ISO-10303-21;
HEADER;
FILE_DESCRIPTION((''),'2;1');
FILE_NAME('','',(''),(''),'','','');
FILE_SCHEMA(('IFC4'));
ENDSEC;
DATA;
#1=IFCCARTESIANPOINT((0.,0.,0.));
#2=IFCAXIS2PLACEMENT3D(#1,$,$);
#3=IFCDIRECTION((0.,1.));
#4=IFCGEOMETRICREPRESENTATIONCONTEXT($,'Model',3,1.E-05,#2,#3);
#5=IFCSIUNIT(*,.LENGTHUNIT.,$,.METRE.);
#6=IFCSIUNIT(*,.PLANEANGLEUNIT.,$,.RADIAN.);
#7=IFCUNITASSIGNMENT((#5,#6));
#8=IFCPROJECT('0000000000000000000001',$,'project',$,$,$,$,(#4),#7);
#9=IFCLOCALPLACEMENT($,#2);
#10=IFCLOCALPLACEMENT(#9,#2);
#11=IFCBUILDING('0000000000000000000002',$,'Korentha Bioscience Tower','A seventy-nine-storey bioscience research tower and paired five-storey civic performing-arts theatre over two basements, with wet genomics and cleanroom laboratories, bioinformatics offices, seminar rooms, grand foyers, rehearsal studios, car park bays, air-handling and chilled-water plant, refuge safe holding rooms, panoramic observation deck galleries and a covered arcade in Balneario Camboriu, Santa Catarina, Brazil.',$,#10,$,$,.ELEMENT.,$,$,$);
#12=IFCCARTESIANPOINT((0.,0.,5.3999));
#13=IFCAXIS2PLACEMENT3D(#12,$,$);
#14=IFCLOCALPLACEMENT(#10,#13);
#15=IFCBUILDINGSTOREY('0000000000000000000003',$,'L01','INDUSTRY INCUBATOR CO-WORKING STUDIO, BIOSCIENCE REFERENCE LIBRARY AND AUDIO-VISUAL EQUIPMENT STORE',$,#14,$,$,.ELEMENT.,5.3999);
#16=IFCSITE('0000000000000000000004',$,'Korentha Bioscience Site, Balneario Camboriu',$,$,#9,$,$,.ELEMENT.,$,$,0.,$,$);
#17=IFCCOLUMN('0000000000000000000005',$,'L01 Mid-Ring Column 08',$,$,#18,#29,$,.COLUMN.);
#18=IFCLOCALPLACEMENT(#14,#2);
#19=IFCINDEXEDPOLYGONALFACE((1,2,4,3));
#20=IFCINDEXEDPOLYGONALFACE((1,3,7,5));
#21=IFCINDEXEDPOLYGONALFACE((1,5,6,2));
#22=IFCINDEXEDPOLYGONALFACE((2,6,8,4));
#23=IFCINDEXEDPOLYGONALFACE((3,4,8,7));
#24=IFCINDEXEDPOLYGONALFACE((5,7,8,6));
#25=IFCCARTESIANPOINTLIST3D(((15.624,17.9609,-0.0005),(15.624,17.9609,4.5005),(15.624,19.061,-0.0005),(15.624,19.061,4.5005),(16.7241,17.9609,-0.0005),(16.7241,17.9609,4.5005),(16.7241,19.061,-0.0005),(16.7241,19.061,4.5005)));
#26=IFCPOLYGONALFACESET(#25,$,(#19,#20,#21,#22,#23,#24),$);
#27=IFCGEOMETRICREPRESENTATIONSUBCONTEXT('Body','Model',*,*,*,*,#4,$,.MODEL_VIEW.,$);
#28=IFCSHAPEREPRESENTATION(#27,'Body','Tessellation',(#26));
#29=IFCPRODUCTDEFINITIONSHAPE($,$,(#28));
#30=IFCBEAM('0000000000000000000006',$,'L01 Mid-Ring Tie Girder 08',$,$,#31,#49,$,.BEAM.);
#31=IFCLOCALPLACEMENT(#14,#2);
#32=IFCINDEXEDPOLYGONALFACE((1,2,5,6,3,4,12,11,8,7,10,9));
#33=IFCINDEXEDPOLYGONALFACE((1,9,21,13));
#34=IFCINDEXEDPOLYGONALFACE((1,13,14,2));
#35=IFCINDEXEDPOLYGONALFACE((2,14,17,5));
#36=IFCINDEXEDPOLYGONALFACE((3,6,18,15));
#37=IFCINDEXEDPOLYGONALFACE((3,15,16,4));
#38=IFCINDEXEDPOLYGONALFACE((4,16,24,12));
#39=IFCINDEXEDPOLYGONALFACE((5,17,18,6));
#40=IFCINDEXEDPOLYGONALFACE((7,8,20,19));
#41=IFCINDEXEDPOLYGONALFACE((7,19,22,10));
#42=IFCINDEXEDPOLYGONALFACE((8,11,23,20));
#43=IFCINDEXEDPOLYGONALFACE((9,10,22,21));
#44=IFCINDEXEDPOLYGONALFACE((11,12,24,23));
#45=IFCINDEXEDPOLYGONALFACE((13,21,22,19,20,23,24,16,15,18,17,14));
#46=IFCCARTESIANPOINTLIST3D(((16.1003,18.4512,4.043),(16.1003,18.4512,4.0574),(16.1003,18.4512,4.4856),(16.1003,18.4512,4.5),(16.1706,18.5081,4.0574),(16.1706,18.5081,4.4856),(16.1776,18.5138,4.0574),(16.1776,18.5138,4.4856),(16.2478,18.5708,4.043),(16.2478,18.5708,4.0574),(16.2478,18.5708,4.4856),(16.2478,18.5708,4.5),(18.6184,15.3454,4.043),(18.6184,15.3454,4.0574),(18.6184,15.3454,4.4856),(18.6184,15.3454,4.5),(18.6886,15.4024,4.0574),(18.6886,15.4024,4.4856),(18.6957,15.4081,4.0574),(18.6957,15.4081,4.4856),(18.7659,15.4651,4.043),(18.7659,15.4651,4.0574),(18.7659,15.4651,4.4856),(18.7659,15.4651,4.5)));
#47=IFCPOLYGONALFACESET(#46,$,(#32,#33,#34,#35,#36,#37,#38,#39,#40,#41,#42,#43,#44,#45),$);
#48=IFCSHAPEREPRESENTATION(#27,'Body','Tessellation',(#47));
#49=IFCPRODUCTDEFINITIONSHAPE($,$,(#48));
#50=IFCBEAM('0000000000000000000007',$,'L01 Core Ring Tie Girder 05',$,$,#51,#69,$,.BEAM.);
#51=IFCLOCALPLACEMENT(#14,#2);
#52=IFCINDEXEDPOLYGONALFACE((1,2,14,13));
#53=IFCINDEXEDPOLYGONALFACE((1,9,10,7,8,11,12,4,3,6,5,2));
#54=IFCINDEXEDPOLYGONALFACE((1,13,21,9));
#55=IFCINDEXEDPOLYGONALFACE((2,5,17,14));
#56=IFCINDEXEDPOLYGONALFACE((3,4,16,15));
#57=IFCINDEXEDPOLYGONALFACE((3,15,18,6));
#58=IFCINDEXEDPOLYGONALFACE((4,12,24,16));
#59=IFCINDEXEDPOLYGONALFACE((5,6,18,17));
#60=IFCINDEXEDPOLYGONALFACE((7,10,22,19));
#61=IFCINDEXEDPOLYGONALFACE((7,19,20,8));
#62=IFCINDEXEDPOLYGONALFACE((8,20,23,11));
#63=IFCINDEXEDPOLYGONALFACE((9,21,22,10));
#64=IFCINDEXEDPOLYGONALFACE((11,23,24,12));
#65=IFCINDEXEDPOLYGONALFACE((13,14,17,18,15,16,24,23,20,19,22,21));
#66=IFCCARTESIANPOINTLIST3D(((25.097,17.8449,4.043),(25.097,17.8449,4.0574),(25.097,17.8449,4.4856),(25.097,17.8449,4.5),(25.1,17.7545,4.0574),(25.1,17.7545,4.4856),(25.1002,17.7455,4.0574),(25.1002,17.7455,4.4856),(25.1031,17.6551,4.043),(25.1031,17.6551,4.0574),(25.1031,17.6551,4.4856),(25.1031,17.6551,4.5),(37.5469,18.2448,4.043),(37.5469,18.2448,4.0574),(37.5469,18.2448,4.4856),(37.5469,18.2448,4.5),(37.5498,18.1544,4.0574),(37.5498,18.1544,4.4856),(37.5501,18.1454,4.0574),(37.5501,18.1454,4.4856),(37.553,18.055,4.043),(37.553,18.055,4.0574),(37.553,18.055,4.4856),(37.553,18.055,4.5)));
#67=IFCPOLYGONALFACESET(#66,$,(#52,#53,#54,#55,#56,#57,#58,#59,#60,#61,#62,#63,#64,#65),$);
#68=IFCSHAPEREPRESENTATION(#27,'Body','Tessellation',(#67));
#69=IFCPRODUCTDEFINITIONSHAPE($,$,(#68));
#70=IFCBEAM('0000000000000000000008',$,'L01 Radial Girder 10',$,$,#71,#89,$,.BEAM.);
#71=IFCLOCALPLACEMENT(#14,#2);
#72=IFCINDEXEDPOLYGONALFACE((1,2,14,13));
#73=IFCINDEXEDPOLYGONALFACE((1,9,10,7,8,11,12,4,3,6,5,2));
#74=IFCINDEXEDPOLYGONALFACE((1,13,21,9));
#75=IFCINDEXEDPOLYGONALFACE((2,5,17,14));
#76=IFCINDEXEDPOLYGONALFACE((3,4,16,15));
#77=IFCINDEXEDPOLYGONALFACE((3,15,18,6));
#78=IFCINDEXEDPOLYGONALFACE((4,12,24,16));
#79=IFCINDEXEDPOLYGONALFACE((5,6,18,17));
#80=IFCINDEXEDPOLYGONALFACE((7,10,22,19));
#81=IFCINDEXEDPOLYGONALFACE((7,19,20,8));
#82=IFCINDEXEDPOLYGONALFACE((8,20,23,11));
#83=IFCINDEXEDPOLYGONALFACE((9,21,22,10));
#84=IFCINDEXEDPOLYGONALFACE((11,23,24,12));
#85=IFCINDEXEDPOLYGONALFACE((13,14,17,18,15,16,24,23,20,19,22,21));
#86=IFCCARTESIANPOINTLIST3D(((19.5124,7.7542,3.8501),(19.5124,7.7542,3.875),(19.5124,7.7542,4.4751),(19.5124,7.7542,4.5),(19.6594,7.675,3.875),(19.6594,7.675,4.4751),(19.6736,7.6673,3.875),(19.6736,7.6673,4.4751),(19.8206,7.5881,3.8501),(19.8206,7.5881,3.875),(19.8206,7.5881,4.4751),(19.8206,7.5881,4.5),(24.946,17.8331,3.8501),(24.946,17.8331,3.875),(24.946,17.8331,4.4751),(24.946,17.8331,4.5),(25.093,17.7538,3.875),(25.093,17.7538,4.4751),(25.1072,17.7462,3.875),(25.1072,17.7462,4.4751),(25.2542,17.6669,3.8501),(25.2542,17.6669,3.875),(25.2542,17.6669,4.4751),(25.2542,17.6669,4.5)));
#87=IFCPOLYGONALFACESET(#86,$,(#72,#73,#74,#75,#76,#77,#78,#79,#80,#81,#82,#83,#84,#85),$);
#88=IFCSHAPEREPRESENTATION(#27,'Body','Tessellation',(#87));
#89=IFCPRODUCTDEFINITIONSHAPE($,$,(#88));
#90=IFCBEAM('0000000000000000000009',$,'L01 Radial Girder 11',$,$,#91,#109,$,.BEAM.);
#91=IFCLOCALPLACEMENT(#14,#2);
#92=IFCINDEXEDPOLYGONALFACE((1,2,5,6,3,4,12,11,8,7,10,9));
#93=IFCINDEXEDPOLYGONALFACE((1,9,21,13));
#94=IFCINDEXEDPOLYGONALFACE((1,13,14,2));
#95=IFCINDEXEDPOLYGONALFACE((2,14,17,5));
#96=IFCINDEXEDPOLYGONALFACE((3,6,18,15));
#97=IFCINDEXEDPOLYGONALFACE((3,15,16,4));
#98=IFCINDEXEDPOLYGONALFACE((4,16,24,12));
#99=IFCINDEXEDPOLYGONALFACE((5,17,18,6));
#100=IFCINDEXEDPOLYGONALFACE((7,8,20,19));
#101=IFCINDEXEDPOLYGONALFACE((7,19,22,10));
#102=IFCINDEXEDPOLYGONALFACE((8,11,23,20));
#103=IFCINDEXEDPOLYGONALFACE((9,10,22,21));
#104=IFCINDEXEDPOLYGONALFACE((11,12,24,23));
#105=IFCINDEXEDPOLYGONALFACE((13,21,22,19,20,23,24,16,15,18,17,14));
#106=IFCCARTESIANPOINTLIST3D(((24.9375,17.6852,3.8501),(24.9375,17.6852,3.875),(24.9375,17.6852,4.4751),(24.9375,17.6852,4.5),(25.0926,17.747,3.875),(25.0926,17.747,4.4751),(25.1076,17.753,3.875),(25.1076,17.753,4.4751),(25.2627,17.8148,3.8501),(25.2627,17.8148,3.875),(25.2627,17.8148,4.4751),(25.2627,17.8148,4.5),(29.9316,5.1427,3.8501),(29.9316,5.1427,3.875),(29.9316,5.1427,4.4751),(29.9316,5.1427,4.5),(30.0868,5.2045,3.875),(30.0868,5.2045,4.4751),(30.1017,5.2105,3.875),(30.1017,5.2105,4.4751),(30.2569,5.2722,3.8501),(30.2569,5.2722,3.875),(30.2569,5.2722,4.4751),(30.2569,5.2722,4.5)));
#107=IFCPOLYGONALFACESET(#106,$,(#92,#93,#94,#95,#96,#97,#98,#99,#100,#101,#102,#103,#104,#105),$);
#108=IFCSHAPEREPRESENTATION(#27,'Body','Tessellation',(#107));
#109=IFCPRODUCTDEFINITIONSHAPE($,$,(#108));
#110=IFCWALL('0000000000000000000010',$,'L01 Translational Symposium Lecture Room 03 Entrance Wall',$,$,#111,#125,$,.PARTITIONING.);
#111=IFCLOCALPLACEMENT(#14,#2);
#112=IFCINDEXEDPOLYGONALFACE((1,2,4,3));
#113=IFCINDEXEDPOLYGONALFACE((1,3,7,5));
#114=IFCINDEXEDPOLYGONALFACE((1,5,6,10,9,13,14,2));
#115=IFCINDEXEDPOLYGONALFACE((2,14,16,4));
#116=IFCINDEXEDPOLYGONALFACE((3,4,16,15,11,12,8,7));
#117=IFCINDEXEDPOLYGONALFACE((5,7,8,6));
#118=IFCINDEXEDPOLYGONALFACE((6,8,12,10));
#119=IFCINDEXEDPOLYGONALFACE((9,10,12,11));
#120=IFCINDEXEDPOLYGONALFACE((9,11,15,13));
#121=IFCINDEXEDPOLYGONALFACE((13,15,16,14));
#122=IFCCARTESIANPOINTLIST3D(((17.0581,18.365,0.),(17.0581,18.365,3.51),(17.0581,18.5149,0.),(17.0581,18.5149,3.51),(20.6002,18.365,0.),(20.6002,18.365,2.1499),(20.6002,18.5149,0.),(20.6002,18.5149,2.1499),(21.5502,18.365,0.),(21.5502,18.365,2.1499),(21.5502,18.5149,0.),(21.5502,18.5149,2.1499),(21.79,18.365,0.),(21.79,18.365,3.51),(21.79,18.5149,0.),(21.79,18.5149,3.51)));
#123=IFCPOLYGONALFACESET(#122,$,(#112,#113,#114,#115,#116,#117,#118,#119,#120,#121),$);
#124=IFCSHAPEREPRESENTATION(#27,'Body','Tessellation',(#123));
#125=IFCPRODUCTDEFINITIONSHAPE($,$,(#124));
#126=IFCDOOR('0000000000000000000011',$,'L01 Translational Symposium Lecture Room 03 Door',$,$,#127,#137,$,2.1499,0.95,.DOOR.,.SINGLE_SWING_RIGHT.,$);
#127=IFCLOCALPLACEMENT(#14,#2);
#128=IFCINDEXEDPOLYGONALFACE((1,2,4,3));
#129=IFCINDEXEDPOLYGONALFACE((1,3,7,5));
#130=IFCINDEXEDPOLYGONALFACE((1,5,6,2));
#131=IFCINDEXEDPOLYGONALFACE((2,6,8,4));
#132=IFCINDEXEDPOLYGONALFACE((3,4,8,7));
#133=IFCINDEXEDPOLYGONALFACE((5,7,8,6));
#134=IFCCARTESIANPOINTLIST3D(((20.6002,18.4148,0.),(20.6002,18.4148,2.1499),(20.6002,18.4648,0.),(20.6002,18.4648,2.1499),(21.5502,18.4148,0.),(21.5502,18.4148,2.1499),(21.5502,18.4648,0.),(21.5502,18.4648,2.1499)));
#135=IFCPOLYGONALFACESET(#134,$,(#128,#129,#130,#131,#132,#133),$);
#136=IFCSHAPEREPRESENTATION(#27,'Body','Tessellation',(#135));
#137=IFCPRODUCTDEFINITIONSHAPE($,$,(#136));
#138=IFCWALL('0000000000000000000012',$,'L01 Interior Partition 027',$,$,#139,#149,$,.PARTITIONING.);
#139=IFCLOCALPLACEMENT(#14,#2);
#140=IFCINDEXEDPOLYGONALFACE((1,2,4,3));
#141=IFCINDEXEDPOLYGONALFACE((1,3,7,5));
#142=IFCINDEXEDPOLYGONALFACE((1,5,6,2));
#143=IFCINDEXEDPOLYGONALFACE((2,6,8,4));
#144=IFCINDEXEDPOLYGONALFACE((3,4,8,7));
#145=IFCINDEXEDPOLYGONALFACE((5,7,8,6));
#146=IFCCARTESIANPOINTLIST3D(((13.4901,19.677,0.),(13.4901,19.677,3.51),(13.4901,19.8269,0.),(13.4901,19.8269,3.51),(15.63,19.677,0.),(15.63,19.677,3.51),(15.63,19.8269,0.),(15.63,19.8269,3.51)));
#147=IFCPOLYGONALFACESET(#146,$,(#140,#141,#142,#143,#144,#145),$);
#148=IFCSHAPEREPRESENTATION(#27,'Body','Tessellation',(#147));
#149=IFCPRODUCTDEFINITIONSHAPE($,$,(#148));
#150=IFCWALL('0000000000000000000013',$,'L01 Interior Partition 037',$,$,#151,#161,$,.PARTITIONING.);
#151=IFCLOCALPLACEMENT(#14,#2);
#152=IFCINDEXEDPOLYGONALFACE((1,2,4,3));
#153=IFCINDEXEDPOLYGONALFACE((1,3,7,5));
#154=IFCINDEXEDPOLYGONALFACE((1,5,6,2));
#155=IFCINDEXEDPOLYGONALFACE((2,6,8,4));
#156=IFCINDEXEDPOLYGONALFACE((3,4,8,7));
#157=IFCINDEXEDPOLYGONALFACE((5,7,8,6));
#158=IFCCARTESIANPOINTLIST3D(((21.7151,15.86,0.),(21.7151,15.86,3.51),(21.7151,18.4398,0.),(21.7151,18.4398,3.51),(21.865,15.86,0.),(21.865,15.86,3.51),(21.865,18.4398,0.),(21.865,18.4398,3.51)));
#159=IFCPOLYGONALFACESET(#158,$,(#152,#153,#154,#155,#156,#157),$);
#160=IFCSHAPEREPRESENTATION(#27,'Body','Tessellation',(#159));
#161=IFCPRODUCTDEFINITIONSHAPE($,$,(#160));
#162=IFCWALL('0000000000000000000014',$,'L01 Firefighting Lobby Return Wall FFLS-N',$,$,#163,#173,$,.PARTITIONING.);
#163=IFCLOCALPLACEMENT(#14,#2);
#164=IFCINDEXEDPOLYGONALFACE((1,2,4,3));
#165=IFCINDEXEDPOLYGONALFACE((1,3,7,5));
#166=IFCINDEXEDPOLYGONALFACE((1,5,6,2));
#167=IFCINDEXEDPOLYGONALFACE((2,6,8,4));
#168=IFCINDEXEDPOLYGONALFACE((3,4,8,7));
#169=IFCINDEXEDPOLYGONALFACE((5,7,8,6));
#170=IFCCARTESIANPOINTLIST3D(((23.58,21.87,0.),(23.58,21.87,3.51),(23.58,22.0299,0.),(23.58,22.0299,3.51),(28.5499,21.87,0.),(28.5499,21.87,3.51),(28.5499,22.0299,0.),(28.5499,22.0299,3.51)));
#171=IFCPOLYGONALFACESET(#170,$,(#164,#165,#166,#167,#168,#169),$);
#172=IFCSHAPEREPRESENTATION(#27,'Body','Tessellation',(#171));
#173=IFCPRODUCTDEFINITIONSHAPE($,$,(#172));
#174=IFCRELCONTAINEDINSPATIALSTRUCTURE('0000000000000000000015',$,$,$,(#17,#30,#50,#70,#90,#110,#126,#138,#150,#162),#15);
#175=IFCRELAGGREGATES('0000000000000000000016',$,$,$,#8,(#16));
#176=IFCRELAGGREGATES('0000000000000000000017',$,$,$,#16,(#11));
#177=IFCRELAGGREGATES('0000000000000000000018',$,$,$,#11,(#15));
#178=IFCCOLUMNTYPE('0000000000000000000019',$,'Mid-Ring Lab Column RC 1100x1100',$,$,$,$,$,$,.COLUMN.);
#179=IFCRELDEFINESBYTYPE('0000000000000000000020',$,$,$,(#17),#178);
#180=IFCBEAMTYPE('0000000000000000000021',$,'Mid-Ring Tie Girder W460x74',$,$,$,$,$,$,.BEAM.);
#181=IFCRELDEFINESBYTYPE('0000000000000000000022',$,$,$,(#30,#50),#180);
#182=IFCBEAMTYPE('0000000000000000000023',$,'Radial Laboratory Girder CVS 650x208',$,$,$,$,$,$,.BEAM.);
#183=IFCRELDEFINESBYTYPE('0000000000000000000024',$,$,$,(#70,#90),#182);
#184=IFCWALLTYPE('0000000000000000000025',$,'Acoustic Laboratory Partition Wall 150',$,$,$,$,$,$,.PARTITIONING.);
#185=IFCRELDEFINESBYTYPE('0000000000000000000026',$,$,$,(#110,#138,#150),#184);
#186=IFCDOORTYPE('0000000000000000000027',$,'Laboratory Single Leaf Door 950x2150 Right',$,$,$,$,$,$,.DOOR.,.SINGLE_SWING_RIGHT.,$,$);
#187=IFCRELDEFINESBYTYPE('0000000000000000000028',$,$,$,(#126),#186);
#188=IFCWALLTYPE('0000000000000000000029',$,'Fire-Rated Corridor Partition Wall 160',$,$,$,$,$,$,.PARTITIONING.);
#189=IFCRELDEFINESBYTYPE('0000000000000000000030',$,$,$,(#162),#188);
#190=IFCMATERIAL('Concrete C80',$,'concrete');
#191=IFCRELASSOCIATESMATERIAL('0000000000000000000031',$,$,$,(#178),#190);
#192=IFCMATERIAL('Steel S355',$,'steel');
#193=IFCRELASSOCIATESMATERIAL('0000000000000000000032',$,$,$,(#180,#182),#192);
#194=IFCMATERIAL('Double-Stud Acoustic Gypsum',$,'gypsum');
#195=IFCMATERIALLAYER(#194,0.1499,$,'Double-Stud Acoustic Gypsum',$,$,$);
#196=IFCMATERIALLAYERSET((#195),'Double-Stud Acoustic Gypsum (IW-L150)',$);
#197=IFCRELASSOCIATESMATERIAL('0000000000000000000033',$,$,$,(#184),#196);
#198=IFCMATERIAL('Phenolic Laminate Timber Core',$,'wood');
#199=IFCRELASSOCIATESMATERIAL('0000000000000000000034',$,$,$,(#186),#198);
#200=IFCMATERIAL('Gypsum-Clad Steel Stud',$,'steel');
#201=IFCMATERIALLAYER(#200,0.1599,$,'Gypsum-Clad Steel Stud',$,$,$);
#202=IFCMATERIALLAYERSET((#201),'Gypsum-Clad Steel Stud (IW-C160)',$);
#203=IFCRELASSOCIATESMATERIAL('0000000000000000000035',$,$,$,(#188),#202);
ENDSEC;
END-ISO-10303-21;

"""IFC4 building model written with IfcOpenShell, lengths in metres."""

from ifc_helpers import new_model, si_unit, direction, frame, frame_2d, origin, origin_2d, place, context, subcontext, project, spatial, rectangle, i_section, extrude, material, layer, layer_set, material_profile, profile_set, type_object, element, fill, save


model = new_model("IFC4")

# Units and contexts
model_context = context("Model", 3, precision=1e-05, world=origin(), true_north=direction((0.0, 1.0)))
body_context = subcontext(model_context, "Body", "Model", "MODEL_VIEW")
ifc_project = project(units=[si_unit("LENGTHUNIT", "METRE"), si_unit("PLANEANGLEUNIT", "RADIAN")], contexts=[model_context])

# Site, building, storey
site_placement = place(None, origin())
site = spatial("IfcSite", under=ifc_project, at=site_placement, Name="Korentha Bioscience Site, Balneario Camboriu", CompositionType="ELEMENT", RefElevation=0.0)
building_placement = place(site_placement, origin())
building = spatial("IfcBuilding", under=site, at=building_placement, Name="Korentha Bioscience Tower", Description="A seventy-nine-storey bioscience research tower and paired five-storey civic performing-arts theatre over two basements, with wet genomics and cleanroom laboratories, bioinformatics offices, seminar rooms, grand foyers, rehearsal studios, car park bays, air-handling and chilled-water plant, refuge safe holding rooms, panoramic observation deck galleries and a covered arcade in Balneario Camboriu, Santa Catarina, Brazil.", CompositionType="ELEMENT")
storey_placement = place(building_placement, frame((0.0, 0.0, 5.3999)))
storey = spatial("IfcBuildingStorey", under=building, at=storey_placement, Name="L01", Description="INDUSTRY INCUBATOR CO-WORKING STUDIO, BIOSCIENCE REFERENCE LIBRARY AND AUDIO-VISUAL EQUIPMENT STORE", CompositionType="ELEMENT", Elevation=5.3999)

# Column
ifc_material_1 = material(Name="Concrete C80", Category="concrete")
ifc_material_profile_1 = material_profile(ifc_material_1, rectangle(XDim=1.1001, YDim=1.1001, at=origin_2d()), Name="Concrete C80")
ifc_profile_set_1 = profile_set([ifc_material_profile_1], Name="Concrete C80 (COL-MR11)")
column_type = type_object("IfcColumnType", Name="Mid-Ring Lab Column RC 1100x1100", PredefinedType="COLUMN", material=ifc_profile_set_1)
column_placement = place(storey_placement, frame((16.1741, 18.511, -0.0005), z_axis=(0.0, 0.0, 1.0), x_axis=(1.0, 0.0, 0.0)))
element("IfcColumn", 1, at=column_placement, inside=storey, type_object=column_type, Name="L01 Mid-Ring Column 08", PredefinedType="COLUMN", context=body_context, shape_type="SweptSolid", body=[
    extrude(rectangle(XDim=1.1001, YDim=1.1001, at=origin_2d()), origin(), (0.0, 0.0, 1.0), 4.501),
])

# Beams
ifc_material_2 = material(Name="Steel S355", Category="steel")
ifc_material_profile_2 = material_profile(ifc_material_2, i_section(OverallWidth=0.1899, OverallDepth=0.457, WebThickness=0.009, FlangeThickness=0.0144, at=origin_2d()), Name="Steel S355")
ifc_profile_set_2 = profile_set([ifc_material_profile_2], Name="Steel S355 (MB-460)")
beam_type_1 = type_object("IfcBeamType", Name="Mid-Ring Tie Girder W460x74", PredefinedType="BEAM", material=ifc_profile_set_2)
beam_1_placement = place(storey_placement, frame((16.1741, 18.511, 4.2715), z_axis=(0.62979, -0.776765, 0.0), x_axis=(0.776765, 0.62979, 0.0)))
element("IfcBeam", 2, at=beam_1_placement, inside=storey, type_object=beam_type_1, Name="L01 Mid-Ring Tie Girder 08", PredefinedType="BEAM", context=body_context, shape_type="SweptSolid", body=[
    extrude(i_section(OverallWidth=0.1899, OverallDepth=0.457, WebThickness=0.009, FlangeThickness=0.0144, at=origin_2d()), origin(), (0.0, 0.0, 1.0), 3.9983),
])
beam_2_placement = place(storey_placement, frame((25.1001, 17.75, 4.2715), z_axis=(0.999485, 0.032104, 0.0), x_axis=(-0.032104, 0.999485, 0.0)))
element("IfcBeam", 3, at=beam_2_placement, inside=storey, type_object=beam_type_1, Name="L01 Core Ring Tie Girder 05", PredefinedType="BEAM", context=body_context, shape_type="SweptSolid", body=[
    extrude(i_section(OverallWidth=0.1899, OverallDepth=0.457, WebThickness=0.009, FlangeThickness=0.0144, at=origin_2d()), origin(), (0.0, 0.0, 1.0), 12.4563),
])
ifc_material_profile_3 = material_profile(ifc_material_2, i_section(OverallWidth=0.3501, OverallDepth=0.6499, WebThickness=0.0161, FlangeThickness=0.0249, at=origin_2d()), Name="Steel S355")
ifc_profile_set_3 = profile_set([ifc_material_profile_3], Name="Steel S355 (RB-650)")
beam_type_2 = type_object("IfcBeamType", Name="Radial Laboratory Girder CVS 650x208", PredefinedType="BEAM", material=ifc_profile_set_3)
beam_3_placement = place(storey_placement, frame((25.1001, 17.75, 4.175), z_axis=(-0.474541, -0.880233, 0.0), x_axis=(0.880233, -0.474541, 0.0)))
element("IfcBeam", 4, at=beam_3_placement, inside=storey, type_object=beam_type_2, Name="L01 Radial Girder 10", PredefinedType="BEAM", context=body_context, shape_type="SweptSolid", body=[
    extrude(i_section(OverallWidth=0.3501, OverallDepth=0.6499, WebThickness=0.0161, FlangeThickness=0.0249, at=origin_2d()), origin(), (0.0, 0.0, 1.0), 11.4502),
])
beam_4_placement = place(storey_placement, frame((25.1001, 17.75, 4.175), z_axis=(0.369931, -0.929059, 0.0), x_axis=(0.929059, 0.369931, 0.0)))
element("IfcBeam", 5, at=beam_4_placement, inside=storey, type_object=beam_type_2, Name="L01 Radial Girder 11", PredefinedType="BEAM", context=body_context, shape_type="SweptSolid", body=[
    extrude(i_section(OverallWidth=0.3501, OverallDepth=0.6499, WebThickness=0.0161, FlangeThickness=0.0249, at=origin_2d()), origin(), (0.0, 0.0, 1.0), 13.5002),
])

# Wall, opening, door
ifc_material_3 = material(Name="Double-Stud Acoustic Gypsum", Category="gypsum")
ifc_layer_1 = layer(ifc_material_3, 0.1499, Name="Double-Stud Acoustic Gypsum")
ifc_layer_set_1 = layer_set([ifc_layer_1], Name="Double-Stud Acoustic Gypsum (IW-L150)")
wall_type_1 = type_object("IfcWallType", Name="Acoustic Laboratory Partition Wall 150", PredefinedType="PARTITIONING", material=ifc_layer_set_1)
wall_1_placement = place(storey_placement, frame((17.0581, 18.4399, 0.0), z_axis=(0.0, 0.0, 1.0), x_axis=(1.0, 0.0, 0.0)))
wall_1 = element("IfcWall", 6, at=wall_1_placement, inside=storey, type_object=wall_type_1, Name="L01 Translational Symposium Lecture Room 03 Entrance Wall", PredefinedType="PARTITIONING", context=body_context, shape_type="SweptSolid", body=[
    extrude(rectangle(XDim=4.7319, YDim=0.1499, at=frame_2d((2.366, 0.0))), origin(), (0.0, 0.0, 1.0), 3.51),
])
opening_1_placement = place(wall_1_placement, frame((3.542, 0.0, 0.0)))
opening_1 = element("IfcOpeningElement", 7, at=opening_1_placement, cuts=wall_1, PredefinedType="OPENING", context=body_context, shape_type="SweptSolid", body=[
    extrude(rectangle(XDim=0.95, YDim=2.1499, at=frame_2d((0.4751, 1.075))), frame((0.0, 0.0898, 0.0), z_axis=(0.0, -1.0, 0.0), x_axis=(1.0, 0.0, 0.0)), (0.0, 0.0, 1.0), 0.1797),
])
ifc_material_4 = material(Name="Phenolic Laminate Timber Core", Category="wood")
door_type_1 = type_object("IfcDoorType", Name="Laboratory Single Leaf Door 950x2150 Right", OperationType="SINGLE_SWING_RIGHT", PredefinedType="DOOR", material=ifc_material_4)
door_1_placement = place(opening_1_placement, origin())
door_1 = element("IfcDoor", 8, at=door_1_placement, inside=storey, type_object=door_type_1, Name="L01 Translational Symposium Lecture Room 03 Door", OperationType="SINGLE_SWING_RIGHT", OverallHeight=2.1499, OverallWidth=0.95, PredefinedType="DOOR", context=body_context, shape_type="SweptSolid", body=[
    extrude(rectangle(XDim=0.95, YDim=2.1499, at=frame_2d((0.4751, 1.075))), frame((0.0, 0.0249, 0.0), z_axis=(0.0, -1.0, 0.0), x_axis=(1.0, 0.0, 0.0)), (0.0, 0.0, 1.0), 0.05),
])
fill(opening_1, door_1)

# Walls
wall_2_placement = place(storey_placement, frame((15.6299, 19.752, 0.0), z_axis=(0.0, 0.0, 1.0), x_axis=(-1.0, 0.0, 0.0)))
element("IfcWall", 9, at=wall_2_placement, inside=storey, type_object=wall_type_1, Name="L01 Interior Partition 027", PredefinedType="PARTITIONING", context=body_context, shape_type="SweptSolid", body=[
    extrude(rectangle(XDim=2.1399, YDim=0.1499, at=frame_2d((1.0698, 0.0))), origin(), (0.0, 0.0, 1.0), 3.51),
])
wall_3_placement = place(storey_placement, frame((21.79, 18.4399, 0.0), z_axis=(0.0, 0.0, 1.0), x_axis=(0.0, -1.0, 0.0)))
element("IfcWall", 10, at=wall_3_placement, inside=storey, type_object=wall_type_1, Name="L01 Interior Partition 037", PredefinedType="PARTITIONING", context=body_context, shape_type="SweptSolid", body=[
    extrude(rectangle(XDim=2.5798, YDim=0.1499, at=frame_2d((1.29, 0.0))), origin(), (0.0, 0.0, 1.0), 3.51),
])

# Shared definitions
ifc_material_5 = material(Name="Gypsum-Clad Steel Stud", Category="steel")
ifc_layer_2 = layer(ifc_material_5, 0.1599, Name="Gypsum-Clad Steel Stud")
ifc_layer_set_2 = layer_set([ifc_layer_2], Name="Gypsum-Clad Steel Stud (IW-C160)")
wall_type_2 = type_object("IfcWallType", Name="Fire-Rated Corridor Partition Wall 160", PredefinedType="PARTITIONING", material=ifc_layer_set_2)

# Wall
wall_4_placement = place(storey_placement, frame((23.5801, 21.95, 0.0), z_axis=(0.0, 0.0, 1.0), x_axis=(1.0, 0.0, 0.0)))
element("IfcWall", 11, at=wall_4_placement, inside=storey, type_object=wall_type_2, Name="L01 Firefighting Lobby Return Wall FFLS-N", PredefinedType="PARTITIONING", context=body_context, shape_type="SweptSolid", body=[
    extrude(rectangle(XDim=4.97, YDim=0.1599, at=frame_2d((2.4849, 0.0))), origin(), (0.0, 0.0, 1.0), 3.51),
])

save(model, "model.ifc")
